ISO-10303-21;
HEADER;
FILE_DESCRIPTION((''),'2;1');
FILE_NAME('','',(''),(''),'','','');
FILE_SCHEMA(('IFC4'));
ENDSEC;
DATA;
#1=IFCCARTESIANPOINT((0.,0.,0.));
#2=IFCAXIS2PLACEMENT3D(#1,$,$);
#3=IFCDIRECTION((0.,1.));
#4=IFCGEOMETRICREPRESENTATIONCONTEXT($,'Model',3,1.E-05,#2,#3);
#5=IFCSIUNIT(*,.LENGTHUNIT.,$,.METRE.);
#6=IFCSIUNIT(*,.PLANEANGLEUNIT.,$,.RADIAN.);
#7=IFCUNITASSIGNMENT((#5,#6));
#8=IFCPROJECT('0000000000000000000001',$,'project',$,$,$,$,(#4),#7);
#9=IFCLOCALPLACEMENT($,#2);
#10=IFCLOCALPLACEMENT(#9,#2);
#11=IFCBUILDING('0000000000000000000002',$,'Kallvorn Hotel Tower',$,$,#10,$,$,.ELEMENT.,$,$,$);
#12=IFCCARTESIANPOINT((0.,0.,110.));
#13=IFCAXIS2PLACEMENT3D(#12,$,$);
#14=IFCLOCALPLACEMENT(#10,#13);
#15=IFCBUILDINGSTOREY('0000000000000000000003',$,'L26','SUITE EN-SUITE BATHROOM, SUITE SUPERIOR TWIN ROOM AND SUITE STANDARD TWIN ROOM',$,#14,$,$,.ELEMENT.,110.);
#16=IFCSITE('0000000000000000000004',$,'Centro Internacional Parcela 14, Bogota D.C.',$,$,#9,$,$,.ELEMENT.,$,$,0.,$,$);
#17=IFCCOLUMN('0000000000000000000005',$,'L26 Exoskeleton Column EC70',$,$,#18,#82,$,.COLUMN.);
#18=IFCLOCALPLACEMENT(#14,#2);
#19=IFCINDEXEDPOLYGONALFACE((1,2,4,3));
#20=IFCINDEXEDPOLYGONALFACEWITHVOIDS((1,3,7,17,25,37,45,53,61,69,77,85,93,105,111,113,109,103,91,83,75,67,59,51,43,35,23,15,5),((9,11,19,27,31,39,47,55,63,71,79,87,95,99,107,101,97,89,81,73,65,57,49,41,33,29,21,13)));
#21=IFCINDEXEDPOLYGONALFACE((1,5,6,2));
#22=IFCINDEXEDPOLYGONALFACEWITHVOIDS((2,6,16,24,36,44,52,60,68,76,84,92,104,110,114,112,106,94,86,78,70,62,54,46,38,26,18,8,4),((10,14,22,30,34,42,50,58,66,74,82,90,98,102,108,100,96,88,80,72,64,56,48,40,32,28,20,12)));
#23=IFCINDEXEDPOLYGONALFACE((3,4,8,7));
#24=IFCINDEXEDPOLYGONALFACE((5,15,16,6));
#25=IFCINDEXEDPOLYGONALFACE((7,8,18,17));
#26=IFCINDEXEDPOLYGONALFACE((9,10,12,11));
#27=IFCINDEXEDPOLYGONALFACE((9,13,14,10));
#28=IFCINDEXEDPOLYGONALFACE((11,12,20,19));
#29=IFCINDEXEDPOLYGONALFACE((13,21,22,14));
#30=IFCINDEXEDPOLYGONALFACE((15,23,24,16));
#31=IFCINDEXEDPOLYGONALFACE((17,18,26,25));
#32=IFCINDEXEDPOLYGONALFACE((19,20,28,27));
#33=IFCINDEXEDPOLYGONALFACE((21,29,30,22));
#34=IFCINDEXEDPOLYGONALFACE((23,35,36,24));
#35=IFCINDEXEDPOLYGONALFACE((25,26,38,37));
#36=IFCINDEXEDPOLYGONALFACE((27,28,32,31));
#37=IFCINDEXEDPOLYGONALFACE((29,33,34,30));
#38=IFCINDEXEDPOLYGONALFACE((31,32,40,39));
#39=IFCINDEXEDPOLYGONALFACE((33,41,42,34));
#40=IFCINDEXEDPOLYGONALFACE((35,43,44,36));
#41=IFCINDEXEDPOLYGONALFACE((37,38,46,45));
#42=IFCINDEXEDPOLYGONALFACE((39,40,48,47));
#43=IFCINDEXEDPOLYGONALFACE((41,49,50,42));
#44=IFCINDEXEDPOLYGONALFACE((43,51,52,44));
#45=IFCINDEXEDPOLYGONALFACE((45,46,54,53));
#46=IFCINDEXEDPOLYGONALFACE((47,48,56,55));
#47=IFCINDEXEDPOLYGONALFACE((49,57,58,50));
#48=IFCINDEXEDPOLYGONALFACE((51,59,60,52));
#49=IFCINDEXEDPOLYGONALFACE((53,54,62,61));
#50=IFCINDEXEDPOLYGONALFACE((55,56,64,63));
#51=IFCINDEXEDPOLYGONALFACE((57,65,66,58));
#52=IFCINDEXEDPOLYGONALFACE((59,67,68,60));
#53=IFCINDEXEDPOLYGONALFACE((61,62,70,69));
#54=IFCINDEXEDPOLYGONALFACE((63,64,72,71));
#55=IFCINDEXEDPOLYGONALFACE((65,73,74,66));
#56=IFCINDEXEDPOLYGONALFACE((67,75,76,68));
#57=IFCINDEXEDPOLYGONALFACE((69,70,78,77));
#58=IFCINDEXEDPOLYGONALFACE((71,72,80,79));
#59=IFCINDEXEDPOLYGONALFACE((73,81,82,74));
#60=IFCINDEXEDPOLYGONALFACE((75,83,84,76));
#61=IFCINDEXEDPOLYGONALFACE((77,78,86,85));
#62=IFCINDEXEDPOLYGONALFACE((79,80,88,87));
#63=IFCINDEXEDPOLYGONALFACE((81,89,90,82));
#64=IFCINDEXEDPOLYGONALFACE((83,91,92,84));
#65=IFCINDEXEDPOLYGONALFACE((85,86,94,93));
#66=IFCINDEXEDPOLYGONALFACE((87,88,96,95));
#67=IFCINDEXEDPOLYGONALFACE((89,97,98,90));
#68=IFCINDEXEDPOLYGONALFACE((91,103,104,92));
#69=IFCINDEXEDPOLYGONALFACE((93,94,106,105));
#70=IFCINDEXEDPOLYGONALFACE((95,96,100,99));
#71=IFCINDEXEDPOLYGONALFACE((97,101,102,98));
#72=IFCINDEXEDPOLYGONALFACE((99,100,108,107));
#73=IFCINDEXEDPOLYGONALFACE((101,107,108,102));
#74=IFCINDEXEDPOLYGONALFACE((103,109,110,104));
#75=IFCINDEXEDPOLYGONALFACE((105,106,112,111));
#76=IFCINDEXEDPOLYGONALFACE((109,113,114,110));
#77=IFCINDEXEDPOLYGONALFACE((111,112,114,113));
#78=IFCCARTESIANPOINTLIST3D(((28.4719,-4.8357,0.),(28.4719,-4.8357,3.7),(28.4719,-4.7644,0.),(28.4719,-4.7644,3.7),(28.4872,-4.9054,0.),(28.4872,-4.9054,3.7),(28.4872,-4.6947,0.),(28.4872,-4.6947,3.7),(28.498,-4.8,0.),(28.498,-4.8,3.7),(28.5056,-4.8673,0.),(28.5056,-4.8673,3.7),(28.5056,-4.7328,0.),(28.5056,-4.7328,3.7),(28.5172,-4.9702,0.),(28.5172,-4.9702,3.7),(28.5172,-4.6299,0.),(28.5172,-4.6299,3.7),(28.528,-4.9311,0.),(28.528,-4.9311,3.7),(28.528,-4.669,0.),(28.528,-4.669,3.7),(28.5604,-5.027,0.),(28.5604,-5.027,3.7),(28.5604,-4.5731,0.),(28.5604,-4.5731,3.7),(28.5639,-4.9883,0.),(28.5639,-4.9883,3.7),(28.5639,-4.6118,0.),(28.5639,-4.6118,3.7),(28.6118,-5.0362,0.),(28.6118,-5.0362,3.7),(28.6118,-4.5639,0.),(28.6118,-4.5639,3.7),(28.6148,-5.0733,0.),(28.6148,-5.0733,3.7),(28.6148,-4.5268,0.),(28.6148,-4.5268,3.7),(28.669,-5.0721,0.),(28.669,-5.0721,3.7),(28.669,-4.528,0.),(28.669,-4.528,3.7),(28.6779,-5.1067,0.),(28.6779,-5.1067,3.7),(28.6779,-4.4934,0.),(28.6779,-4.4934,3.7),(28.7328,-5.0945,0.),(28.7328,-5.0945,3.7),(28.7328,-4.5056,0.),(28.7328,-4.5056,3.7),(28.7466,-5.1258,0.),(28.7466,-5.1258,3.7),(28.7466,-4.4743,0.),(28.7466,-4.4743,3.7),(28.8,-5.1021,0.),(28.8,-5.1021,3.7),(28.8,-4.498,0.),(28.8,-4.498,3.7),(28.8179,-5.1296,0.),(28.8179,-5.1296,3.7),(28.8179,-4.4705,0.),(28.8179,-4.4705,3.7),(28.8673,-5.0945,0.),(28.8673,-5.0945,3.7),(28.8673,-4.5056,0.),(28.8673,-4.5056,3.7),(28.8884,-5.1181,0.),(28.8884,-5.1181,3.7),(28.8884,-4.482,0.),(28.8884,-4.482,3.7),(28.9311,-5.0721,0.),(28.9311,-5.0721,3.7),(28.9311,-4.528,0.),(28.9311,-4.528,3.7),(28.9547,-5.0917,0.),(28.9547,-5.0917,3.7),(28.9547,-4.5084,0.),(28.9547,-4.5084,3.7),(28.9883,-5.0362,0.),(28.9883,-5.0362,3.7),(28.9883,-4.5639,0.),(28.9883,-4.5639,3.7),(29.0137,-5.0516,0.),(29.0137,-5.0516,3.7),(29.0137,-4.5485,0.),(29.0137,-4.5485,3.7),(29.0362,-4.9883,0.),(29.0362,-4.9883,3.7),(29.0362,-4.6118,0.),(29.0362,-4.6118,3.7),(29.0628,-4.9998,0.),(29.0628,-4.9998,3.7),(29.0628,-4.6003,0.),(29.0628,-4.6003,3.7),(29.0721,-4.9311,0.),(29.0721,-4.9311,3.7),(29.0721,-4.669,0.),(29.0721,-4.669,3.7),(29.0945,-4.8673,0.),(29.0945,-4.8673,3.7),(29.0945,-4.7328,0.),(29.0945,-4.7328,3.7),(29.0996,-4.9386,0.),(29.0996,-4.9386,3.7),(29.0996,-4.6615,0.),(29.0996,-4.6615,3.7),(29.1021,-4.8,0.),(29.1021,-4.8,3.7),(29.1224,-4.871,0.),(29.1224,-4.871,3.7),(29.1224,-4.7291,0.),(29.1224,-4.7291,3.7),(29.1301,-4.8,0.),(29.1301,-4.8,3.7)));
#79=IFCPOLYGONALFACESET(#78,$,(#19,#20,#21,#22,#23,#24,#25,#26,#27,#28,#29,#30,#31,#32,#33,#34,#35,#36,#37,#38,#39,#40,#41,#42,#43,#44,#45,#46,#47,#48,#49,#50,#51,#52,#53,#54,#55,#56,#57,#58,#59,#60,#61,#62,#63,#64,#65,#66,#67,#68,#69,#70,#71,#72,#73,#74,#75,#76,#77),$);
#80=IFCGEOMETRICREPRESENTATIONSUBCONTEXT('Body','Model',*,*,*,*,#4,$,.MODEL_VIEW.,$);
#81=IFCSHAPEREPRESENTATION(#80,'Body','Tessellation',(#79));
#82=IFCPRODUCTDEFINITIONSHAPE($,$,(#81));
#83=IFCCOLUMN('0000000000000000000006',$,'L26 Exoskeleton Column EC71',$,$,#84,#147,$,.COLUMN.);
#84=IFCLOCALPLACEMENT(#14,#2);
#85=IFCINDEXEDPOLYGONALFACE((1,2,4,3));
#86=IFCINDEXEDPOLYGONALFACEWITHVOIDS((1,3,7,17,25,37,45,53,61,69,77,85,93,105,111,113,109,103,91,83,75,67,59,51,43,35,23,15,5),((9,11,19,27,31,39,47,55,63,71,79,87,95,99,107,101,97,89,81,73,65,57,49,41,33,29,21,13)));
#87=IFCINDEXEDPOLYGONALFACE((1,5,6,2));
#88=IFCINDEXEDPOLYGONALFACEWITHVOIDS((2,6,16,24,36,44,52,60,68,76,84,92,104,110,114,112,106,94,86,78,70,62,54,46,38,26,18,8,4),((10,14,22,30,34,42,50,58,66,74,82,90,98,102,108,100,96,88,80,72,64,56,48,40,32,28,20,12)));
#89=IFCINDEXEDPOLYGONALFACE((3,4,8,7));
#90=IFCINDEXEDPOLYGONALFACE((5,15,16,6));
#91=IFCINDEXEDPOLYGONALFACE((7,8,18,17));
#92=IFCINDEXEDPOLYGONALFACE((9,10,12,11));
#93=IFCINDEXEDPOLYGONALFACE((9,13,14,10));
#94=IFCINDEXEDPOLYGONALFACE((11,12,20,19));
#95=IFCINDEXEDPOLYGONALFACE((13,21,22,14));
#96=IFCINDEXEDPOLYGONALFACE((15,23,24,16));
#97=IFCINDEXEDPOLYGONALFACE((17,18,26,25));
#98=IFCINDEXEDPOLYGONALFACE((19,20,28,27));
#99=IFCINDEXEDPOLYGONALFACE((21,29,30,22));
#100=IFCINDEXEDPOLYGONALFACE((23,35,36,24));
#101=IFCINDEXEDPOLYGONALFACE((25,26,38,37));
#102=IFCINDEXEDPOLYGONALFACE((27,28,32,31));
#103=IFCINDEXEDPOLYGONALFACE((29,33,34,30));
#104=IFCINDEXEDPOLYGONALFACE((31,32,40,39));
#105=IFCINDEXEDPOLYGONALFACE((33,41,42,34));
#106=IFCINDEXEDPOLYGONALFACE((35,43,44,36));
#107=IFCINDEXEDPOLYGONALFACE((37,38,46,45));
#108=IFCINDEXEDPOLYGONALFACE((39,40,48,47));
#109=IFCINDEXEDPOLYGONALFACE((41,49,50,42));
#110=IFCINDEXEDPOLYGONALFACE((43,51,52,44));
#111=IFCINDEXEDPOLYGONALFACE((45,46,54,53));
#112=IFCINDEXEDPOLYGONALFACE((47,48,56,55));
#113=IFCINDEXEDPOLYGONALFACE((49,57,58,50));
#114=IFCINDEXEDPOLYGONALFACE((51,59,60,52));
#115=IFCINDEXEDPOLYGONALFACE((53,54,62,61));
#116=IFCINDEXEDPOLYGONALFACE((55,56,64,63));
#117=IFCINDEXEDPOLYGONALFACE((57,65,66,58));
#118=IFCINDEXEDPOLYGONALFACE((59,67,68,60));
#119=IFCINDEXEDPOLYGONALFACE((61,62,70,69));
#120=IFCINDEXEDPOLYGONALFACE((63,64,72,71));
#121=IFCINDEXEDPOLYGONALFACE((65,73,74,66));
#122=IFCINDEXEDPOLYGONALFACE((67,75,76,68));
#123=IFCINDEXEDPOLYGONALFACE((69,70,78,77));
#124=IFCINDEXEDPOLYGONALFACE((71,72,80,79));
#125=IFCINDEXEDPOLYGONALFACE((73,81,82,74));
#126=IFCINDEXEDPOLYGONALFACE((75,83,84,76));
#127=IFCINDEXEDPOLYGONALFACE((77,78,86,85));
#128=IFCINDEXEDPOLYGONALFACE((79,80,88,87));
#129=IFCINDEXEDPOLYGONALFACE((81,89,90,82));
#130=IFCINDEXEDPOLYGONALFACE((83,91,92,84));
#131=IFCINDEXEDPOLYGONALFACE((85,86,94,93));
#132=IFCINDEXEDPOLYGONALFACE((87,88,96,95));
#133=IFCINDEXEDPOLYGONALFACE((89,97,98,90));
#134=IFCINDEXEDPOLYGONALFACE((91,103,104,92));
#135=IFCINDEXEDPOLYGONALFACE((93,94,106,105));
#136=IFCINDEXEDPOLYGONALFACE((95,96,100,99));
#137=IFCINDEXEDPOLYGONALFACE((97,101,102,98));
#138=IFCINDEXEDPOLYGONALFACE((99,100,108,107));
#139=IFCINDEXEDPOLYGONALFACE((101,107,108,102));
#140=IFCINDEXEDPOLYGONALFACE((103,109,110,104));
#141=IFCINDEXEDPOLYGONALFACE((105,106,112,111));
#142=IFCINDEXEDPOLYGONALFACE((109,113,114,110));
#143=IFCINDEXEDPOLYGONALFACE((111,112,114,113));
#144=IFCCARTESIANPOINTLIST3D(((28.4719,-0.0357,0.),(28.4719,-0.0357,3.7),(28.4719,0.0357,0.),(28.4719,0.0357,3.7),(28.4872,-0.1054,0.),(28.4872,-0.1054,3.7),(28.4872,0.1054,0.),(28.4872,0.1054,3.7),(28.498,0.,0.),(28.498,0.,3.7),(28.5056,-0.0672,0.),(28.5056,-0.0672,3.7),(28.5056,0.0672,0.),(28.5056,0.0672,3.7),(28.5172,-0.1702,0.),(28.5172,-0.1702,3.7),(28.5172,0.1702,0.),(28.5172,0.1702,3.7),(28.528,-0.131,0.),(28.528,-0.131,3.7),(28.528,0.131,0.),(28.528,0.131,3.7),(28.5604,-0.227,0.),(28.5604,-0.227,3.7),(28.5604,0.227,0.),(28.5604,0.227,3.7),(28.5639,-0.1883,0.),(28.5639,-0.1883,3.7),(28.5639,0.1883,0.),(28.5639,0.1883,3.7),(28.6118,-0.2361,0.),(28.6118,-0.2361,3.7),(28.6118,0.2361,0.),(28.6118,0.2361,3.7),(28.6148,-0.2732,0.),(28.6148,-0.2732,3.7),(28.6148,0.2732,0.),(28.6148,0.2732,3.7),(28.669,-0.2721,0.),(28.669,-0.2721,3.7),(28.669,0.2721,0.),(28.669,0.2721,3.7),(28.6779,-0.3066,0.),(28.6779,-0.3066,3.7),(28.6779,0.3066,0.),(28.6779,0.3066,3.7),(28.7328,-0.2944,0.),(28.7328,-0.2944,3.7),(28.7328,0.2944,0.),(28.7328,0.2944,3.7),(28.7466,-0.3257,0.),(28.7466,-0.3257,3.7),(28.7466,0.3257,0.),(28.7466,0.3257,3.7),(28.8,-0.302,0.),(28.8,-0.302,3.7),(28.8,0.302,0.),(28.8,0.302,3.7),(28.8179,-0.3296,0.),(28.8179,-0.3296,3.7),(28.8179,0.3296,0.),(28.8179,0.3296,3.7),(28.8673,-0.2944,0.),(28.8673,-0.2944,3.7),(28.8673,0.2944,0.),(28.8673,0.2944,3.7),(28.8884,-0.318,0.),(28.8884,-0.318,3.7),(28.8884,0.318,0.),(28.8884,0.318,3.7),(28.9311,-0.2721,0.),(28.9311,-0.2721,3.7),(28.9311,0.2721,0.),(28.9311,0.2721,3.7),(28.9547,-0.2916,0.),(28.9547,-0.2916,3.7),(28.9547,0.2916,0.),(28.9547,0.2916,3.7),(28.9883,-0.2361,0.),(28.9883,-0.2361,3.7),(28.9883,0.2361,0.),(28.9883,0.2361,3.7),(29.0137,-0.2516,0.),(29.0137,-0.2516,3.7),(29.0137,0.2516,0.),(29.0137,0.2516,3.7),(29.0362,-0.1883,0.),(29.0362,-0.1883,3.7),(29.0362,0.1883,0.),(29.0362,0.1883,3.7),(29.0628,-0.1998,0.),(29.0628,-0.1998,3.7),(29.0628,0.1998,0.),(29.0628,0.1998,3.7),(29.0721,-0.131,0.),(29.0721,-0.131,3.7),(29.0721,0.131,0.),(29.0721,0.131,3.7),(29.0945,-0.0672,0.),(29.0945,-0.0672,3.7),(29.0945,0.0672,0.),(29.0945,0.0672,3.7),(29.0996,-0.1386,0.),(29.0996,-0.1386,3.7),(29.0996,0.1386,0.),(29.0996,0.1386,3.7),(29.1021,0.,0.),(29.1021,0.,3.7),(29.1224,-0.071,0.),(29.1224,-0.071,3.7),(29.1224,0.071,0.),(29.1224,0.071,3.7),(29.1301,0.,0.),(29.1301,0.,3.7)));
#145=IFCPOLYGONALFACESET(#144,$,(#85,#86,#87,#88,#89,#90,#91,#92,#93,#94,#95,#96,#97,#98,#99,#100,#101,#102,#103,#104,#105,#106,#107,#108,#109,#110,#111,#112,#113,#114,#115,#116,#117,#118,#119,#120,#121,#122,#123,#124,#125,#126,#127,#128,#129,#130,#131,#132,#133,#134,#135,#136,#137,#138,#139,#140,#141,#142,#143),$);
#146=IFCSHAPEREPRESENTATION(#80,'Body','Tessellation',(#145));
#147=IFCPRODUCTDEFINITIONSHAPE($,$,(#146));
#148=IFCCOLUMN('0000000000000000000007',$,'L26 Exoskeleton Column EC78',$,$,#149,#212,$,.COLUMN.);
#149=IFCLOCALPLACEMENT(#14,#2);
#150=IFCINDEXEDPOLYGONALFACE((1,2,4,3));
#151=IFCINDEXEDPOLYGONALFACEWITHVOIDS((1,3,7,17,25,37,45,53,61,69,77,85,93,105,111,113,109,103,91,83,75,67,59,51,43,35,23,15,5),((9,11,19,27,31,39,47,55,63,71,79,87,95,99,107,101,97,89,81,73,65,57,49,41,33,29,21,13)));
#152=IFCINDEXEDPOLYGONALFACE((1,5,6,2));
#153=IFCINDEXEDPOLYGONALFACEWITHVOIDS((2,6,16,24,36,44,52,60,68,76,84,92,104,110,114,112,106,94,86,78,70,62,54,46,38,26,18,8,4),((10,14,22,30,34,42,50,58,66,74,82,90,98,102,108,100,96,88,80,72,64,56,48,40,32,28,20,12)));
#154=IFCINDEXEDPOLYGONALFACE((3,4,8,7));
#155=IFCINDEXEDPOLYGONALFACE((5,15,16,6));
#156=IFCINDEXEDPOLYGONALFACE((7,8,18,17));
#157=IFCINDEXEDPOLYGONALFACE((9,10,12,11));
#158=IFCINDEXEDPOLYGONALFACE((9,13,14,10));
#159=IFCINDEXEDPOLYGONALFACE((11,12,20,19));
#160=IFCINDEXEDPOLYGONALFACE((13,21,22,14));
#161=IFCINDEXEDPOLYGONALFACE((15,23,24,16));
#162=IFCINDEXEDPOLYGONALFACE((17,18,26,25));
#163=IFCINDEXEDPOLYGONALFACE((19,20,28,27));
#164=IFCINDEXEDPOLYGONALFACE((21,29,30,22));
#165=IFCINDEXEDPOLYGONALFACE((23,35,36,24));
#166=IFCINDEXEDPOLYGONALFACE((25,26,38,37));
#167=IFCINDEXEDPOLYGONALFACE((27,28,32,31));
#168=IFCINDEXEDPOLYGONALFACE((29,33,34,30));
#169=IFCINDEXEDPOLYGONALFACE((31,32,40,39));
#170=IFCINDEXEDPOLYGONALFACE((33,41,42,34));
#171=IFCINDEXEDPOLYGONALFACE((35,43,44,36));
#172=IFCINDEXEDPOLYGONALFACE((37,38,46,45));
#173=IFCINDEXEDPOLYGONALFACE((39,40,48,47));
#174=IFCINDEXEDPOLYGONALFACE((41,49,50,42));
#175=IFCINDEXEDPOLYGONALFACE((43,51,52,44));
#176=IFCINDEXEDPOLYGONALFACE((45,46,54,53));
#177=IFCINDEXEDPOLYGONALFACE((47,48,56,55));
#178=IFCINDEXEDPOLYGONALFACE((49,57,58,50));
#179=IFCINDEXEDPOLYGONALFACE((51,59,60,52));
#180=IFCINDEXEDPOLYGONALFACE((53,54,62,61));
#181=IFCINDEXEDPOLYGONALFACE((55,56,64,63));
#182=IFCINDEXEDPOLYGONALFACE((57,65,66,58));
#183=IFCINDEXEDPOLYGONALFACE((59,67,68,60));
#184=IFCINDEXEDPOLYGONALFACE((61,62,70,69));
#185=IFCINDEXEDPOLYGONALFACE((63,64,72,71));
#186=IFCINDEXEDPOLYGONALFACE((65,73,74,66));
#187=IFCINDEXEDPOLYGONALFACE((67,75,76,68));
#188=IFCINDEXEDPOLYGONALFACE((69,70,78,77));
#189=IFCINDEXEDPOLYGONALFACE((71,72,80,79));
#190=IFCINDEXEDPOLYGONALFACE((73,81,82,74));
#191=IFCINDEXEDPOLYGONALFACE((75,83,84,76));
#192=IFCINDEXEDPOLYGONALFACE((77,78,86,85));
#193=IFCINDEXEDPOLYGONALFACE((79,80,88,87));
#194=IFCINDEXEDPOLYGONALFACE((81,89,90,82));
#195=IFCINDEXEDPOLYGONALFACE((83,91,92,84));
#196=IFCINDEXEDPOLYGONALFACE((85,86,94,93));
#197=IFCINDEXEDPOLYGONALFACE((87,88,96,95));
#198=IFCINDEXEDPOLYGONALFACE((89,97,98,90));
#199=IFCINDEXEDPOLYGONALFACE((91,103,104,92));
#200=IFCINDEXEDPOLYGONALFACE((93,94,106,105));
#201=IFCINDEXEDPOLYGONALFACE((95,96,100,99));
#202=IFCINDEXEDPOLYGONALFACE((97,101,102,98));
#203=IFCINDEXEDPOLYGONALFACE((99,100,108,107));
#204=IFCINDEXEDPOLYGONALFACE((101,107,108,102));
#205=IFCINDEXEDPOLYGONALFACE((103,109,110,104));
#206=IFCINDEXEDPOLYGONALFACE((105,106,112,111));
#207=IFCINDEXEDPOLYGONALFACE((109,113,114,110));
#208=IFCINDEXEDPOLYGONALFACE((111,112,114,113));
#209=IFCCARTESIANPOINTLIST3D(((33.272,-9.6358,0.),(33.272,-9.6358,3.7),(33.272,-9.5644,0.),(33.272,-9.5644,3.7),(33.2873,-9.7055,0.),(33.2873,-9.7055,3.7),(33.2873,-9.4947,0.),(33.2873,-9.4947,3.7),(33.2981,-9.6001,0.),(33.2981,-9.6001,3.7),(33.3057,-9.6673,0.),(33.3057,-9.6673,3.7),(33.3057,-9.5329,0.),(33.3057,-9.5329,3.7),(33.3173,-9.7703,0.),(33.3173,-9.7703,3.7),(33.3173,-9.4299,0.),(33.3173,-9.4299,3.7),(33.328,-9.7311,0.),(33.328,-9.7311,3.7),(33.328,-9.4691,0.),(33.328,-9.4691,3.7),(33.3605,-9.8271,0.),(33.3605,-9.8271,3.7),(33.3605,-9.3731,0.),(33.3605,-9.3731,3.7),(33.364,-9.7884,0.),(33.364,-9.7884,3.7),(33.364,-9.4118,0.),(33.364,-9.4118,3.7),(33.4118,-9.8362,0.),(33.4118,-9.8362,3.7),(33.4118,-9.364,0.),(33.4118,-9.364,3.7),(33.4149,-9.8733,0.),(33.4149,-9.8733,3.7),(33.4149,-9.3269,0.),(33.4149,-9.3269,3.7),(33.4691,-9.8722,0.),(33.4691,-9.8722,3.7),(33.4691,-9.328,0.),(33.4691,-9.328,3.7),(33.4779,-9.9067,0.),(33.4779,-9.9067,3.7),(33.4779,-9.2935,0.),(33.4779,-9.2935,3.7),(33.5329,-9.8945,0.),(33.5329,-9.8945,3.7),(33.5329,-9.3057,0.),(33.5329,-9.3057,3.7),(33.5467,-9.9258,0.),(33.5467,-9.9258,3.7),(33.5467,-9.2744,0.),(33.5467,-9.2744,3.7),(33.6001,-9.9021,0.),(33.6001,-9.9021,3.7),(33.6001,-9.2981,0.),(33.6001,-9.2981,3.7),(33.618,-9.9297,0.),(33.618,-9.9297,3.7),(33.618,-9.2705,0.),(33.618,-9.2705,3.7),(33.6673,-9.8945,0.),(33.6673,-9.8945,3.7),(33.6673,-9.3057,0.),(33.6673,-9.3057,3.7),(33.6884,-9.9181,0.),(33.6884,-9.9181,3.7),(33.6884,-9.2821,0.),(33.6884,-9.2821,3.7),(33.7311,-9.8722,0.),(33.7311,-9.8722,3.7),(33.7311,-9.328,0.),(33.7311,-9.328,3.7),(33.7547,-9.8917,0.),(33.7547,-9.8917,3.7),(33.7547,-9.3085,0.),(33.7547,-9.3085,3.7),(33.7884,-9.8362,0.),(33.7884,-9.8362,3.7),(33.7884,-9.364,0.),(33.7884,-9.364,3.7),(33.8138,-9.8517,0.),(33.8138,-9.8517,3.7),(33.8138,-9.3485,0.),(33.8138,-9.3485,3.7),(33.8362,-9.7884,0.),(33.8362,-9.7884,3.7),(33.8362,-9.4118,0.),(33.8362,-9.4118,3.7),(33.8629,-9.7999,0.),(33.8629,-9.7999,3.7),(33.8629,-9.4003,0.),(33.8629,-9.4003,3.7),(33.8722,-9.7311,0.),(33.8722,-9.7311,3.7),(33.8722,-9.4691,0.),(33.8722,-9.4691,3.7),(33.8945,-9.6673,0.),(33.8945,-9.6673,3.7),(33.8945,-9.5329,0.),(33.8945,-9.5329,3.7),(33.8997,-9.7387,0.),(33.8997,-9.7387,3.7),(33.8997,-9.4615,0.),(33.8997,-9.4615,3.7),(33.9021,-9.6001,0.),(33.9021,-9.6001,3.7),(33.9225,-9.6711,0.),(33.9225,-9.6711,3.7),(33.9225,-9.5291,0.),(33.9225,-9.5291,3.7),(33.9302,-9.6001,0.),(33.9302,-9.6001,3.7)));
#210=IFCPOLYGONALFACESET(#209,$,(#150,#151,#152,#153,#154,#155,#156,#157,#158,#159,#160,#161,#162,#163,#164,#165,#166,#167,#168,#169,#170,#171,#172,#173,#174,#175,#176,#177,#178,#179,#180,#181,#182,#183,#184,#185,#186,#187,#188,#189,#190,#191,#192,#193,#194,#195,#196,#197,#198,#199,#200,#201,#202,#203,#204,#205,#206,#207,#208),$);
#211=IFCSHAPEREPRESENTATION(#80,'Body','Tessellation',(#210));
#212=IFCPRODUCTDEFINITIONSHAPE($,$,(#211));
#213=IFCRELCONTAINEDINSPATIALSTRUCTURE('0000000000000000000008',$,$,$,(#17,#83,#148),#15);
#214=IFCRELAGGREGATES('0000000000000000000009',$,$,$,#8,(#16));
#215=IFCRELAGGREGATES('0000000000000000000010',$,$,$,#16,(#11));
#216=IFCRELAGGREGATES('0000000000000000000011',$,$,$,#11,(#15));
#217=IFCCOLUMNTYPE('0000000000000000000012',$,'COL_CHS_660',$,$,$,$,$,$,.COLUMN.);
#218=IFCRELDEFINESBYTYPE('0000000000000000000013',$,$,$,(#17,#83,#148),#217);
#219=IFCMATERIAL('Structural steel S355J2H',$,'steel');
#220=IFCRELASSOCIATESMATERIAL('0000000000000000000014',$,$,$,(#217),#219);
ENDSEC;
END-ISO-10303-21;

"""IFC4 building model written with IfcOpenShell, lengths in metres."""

from ifc_helpers import new_model, si_unit, direction, frame, origin, origin_2d, place, context, subcontext, project, spatial, hollow_circle, extrude, material, material_profile, profile_set, type_object, element, save


model = new_model("IFC4")

# Units and contexts
model_context = context("Model", 3, precision=1e-05, world=origin(), true_north=direction((0.0, 1.0)))
body_context = subcontext(model_context, "Body", "Model", "MODEL_VIEW")
ifc_project = project(units=[si_unit("LENGTHUNIT", "METRE"), si_unit("PLANEANGLEUNIT", "RADIAN")], contexts=[model_context])

# Site, building, storey
site_placement = place(None, origin())
site = spatial("IfcSite", under=ifc_project, at=site_placement, Name="Centro Internacional Parcela 14, Bogota D.C.", CompositionType="ELEMENT", RefElevation=0.0)
building_placement = place(site_placement, origin())
building = spatial("IfcBuilding", under=site, at=building_placement, Name="Kallvorn Hotel Tower", CompositionType="ELEMENT")
storey_placement = place(building_placement, frame((0.0, 0.0, 110.0)))
storey = spatial("IfcBuildingStorey", under=building, at=storey_placement, Name="L26", Description="SUITE EN-SUITE BATHROOM, SUITE SUPERIOR TWIN ROOM AND SUITE STANDARD TWIN ROOM", CompositionType="ELEMENT", Elevation=110.0)

# Columns
ifc_material_1 = material(Name="Structural steel S355J2H", Category="steel")
ifc_material_profile_1 = material_profile(ifc_material_1, hollow_circle(Radius=0.3301, WallThickness=0.0281, at=origin_2d()), Name="CHS 660x28")
ifc_profile_set_1 = profile_set([ifc_material_profile_1], Name="Structural steel S355J2H")
column_type = type_object("IfcColumnType", Name="COL_CHS_660", PredefinedType="COLUMN", material=ifc_profile_set_1)
for number, where, z_axis, x_axis, name in (
    (1, (28.8, -4.8, 0.0), (0.0, 0.0, 1.0), (1.0, 0.0, 0.0), "L26 Exoskeleton Column EC70"),
    (2, (28.8, 0.0, 0.0), (0.0, 0.0, 1.0), (1.0, 0.0, 0.0), "L26 Exoskeleton Column EC71"),
    (3, (33.6001, -9.6001, 0.0), (0.0, 0.0, 1.0), (1.0, 0.0, 0.0), "L26 Exoskeleton Column EC78"),
):
    element("IfcColumn", number, at=place(storey_placement, frame(where, z_axis=z_axis, x_axis=x_axis)), inside=storey, type_object=column_type, Name=name, PredefinedType="COLUMN", context=body_context, shape_type="SweptSolid", body=[
        extrude(hollow_circle(Radius=0.3301, WallThickness=0.0281, at=origin_2d()), origin(), (0.0, 0.0, 1.0), 3.7),
    ])

save(model, "model.ifc")
